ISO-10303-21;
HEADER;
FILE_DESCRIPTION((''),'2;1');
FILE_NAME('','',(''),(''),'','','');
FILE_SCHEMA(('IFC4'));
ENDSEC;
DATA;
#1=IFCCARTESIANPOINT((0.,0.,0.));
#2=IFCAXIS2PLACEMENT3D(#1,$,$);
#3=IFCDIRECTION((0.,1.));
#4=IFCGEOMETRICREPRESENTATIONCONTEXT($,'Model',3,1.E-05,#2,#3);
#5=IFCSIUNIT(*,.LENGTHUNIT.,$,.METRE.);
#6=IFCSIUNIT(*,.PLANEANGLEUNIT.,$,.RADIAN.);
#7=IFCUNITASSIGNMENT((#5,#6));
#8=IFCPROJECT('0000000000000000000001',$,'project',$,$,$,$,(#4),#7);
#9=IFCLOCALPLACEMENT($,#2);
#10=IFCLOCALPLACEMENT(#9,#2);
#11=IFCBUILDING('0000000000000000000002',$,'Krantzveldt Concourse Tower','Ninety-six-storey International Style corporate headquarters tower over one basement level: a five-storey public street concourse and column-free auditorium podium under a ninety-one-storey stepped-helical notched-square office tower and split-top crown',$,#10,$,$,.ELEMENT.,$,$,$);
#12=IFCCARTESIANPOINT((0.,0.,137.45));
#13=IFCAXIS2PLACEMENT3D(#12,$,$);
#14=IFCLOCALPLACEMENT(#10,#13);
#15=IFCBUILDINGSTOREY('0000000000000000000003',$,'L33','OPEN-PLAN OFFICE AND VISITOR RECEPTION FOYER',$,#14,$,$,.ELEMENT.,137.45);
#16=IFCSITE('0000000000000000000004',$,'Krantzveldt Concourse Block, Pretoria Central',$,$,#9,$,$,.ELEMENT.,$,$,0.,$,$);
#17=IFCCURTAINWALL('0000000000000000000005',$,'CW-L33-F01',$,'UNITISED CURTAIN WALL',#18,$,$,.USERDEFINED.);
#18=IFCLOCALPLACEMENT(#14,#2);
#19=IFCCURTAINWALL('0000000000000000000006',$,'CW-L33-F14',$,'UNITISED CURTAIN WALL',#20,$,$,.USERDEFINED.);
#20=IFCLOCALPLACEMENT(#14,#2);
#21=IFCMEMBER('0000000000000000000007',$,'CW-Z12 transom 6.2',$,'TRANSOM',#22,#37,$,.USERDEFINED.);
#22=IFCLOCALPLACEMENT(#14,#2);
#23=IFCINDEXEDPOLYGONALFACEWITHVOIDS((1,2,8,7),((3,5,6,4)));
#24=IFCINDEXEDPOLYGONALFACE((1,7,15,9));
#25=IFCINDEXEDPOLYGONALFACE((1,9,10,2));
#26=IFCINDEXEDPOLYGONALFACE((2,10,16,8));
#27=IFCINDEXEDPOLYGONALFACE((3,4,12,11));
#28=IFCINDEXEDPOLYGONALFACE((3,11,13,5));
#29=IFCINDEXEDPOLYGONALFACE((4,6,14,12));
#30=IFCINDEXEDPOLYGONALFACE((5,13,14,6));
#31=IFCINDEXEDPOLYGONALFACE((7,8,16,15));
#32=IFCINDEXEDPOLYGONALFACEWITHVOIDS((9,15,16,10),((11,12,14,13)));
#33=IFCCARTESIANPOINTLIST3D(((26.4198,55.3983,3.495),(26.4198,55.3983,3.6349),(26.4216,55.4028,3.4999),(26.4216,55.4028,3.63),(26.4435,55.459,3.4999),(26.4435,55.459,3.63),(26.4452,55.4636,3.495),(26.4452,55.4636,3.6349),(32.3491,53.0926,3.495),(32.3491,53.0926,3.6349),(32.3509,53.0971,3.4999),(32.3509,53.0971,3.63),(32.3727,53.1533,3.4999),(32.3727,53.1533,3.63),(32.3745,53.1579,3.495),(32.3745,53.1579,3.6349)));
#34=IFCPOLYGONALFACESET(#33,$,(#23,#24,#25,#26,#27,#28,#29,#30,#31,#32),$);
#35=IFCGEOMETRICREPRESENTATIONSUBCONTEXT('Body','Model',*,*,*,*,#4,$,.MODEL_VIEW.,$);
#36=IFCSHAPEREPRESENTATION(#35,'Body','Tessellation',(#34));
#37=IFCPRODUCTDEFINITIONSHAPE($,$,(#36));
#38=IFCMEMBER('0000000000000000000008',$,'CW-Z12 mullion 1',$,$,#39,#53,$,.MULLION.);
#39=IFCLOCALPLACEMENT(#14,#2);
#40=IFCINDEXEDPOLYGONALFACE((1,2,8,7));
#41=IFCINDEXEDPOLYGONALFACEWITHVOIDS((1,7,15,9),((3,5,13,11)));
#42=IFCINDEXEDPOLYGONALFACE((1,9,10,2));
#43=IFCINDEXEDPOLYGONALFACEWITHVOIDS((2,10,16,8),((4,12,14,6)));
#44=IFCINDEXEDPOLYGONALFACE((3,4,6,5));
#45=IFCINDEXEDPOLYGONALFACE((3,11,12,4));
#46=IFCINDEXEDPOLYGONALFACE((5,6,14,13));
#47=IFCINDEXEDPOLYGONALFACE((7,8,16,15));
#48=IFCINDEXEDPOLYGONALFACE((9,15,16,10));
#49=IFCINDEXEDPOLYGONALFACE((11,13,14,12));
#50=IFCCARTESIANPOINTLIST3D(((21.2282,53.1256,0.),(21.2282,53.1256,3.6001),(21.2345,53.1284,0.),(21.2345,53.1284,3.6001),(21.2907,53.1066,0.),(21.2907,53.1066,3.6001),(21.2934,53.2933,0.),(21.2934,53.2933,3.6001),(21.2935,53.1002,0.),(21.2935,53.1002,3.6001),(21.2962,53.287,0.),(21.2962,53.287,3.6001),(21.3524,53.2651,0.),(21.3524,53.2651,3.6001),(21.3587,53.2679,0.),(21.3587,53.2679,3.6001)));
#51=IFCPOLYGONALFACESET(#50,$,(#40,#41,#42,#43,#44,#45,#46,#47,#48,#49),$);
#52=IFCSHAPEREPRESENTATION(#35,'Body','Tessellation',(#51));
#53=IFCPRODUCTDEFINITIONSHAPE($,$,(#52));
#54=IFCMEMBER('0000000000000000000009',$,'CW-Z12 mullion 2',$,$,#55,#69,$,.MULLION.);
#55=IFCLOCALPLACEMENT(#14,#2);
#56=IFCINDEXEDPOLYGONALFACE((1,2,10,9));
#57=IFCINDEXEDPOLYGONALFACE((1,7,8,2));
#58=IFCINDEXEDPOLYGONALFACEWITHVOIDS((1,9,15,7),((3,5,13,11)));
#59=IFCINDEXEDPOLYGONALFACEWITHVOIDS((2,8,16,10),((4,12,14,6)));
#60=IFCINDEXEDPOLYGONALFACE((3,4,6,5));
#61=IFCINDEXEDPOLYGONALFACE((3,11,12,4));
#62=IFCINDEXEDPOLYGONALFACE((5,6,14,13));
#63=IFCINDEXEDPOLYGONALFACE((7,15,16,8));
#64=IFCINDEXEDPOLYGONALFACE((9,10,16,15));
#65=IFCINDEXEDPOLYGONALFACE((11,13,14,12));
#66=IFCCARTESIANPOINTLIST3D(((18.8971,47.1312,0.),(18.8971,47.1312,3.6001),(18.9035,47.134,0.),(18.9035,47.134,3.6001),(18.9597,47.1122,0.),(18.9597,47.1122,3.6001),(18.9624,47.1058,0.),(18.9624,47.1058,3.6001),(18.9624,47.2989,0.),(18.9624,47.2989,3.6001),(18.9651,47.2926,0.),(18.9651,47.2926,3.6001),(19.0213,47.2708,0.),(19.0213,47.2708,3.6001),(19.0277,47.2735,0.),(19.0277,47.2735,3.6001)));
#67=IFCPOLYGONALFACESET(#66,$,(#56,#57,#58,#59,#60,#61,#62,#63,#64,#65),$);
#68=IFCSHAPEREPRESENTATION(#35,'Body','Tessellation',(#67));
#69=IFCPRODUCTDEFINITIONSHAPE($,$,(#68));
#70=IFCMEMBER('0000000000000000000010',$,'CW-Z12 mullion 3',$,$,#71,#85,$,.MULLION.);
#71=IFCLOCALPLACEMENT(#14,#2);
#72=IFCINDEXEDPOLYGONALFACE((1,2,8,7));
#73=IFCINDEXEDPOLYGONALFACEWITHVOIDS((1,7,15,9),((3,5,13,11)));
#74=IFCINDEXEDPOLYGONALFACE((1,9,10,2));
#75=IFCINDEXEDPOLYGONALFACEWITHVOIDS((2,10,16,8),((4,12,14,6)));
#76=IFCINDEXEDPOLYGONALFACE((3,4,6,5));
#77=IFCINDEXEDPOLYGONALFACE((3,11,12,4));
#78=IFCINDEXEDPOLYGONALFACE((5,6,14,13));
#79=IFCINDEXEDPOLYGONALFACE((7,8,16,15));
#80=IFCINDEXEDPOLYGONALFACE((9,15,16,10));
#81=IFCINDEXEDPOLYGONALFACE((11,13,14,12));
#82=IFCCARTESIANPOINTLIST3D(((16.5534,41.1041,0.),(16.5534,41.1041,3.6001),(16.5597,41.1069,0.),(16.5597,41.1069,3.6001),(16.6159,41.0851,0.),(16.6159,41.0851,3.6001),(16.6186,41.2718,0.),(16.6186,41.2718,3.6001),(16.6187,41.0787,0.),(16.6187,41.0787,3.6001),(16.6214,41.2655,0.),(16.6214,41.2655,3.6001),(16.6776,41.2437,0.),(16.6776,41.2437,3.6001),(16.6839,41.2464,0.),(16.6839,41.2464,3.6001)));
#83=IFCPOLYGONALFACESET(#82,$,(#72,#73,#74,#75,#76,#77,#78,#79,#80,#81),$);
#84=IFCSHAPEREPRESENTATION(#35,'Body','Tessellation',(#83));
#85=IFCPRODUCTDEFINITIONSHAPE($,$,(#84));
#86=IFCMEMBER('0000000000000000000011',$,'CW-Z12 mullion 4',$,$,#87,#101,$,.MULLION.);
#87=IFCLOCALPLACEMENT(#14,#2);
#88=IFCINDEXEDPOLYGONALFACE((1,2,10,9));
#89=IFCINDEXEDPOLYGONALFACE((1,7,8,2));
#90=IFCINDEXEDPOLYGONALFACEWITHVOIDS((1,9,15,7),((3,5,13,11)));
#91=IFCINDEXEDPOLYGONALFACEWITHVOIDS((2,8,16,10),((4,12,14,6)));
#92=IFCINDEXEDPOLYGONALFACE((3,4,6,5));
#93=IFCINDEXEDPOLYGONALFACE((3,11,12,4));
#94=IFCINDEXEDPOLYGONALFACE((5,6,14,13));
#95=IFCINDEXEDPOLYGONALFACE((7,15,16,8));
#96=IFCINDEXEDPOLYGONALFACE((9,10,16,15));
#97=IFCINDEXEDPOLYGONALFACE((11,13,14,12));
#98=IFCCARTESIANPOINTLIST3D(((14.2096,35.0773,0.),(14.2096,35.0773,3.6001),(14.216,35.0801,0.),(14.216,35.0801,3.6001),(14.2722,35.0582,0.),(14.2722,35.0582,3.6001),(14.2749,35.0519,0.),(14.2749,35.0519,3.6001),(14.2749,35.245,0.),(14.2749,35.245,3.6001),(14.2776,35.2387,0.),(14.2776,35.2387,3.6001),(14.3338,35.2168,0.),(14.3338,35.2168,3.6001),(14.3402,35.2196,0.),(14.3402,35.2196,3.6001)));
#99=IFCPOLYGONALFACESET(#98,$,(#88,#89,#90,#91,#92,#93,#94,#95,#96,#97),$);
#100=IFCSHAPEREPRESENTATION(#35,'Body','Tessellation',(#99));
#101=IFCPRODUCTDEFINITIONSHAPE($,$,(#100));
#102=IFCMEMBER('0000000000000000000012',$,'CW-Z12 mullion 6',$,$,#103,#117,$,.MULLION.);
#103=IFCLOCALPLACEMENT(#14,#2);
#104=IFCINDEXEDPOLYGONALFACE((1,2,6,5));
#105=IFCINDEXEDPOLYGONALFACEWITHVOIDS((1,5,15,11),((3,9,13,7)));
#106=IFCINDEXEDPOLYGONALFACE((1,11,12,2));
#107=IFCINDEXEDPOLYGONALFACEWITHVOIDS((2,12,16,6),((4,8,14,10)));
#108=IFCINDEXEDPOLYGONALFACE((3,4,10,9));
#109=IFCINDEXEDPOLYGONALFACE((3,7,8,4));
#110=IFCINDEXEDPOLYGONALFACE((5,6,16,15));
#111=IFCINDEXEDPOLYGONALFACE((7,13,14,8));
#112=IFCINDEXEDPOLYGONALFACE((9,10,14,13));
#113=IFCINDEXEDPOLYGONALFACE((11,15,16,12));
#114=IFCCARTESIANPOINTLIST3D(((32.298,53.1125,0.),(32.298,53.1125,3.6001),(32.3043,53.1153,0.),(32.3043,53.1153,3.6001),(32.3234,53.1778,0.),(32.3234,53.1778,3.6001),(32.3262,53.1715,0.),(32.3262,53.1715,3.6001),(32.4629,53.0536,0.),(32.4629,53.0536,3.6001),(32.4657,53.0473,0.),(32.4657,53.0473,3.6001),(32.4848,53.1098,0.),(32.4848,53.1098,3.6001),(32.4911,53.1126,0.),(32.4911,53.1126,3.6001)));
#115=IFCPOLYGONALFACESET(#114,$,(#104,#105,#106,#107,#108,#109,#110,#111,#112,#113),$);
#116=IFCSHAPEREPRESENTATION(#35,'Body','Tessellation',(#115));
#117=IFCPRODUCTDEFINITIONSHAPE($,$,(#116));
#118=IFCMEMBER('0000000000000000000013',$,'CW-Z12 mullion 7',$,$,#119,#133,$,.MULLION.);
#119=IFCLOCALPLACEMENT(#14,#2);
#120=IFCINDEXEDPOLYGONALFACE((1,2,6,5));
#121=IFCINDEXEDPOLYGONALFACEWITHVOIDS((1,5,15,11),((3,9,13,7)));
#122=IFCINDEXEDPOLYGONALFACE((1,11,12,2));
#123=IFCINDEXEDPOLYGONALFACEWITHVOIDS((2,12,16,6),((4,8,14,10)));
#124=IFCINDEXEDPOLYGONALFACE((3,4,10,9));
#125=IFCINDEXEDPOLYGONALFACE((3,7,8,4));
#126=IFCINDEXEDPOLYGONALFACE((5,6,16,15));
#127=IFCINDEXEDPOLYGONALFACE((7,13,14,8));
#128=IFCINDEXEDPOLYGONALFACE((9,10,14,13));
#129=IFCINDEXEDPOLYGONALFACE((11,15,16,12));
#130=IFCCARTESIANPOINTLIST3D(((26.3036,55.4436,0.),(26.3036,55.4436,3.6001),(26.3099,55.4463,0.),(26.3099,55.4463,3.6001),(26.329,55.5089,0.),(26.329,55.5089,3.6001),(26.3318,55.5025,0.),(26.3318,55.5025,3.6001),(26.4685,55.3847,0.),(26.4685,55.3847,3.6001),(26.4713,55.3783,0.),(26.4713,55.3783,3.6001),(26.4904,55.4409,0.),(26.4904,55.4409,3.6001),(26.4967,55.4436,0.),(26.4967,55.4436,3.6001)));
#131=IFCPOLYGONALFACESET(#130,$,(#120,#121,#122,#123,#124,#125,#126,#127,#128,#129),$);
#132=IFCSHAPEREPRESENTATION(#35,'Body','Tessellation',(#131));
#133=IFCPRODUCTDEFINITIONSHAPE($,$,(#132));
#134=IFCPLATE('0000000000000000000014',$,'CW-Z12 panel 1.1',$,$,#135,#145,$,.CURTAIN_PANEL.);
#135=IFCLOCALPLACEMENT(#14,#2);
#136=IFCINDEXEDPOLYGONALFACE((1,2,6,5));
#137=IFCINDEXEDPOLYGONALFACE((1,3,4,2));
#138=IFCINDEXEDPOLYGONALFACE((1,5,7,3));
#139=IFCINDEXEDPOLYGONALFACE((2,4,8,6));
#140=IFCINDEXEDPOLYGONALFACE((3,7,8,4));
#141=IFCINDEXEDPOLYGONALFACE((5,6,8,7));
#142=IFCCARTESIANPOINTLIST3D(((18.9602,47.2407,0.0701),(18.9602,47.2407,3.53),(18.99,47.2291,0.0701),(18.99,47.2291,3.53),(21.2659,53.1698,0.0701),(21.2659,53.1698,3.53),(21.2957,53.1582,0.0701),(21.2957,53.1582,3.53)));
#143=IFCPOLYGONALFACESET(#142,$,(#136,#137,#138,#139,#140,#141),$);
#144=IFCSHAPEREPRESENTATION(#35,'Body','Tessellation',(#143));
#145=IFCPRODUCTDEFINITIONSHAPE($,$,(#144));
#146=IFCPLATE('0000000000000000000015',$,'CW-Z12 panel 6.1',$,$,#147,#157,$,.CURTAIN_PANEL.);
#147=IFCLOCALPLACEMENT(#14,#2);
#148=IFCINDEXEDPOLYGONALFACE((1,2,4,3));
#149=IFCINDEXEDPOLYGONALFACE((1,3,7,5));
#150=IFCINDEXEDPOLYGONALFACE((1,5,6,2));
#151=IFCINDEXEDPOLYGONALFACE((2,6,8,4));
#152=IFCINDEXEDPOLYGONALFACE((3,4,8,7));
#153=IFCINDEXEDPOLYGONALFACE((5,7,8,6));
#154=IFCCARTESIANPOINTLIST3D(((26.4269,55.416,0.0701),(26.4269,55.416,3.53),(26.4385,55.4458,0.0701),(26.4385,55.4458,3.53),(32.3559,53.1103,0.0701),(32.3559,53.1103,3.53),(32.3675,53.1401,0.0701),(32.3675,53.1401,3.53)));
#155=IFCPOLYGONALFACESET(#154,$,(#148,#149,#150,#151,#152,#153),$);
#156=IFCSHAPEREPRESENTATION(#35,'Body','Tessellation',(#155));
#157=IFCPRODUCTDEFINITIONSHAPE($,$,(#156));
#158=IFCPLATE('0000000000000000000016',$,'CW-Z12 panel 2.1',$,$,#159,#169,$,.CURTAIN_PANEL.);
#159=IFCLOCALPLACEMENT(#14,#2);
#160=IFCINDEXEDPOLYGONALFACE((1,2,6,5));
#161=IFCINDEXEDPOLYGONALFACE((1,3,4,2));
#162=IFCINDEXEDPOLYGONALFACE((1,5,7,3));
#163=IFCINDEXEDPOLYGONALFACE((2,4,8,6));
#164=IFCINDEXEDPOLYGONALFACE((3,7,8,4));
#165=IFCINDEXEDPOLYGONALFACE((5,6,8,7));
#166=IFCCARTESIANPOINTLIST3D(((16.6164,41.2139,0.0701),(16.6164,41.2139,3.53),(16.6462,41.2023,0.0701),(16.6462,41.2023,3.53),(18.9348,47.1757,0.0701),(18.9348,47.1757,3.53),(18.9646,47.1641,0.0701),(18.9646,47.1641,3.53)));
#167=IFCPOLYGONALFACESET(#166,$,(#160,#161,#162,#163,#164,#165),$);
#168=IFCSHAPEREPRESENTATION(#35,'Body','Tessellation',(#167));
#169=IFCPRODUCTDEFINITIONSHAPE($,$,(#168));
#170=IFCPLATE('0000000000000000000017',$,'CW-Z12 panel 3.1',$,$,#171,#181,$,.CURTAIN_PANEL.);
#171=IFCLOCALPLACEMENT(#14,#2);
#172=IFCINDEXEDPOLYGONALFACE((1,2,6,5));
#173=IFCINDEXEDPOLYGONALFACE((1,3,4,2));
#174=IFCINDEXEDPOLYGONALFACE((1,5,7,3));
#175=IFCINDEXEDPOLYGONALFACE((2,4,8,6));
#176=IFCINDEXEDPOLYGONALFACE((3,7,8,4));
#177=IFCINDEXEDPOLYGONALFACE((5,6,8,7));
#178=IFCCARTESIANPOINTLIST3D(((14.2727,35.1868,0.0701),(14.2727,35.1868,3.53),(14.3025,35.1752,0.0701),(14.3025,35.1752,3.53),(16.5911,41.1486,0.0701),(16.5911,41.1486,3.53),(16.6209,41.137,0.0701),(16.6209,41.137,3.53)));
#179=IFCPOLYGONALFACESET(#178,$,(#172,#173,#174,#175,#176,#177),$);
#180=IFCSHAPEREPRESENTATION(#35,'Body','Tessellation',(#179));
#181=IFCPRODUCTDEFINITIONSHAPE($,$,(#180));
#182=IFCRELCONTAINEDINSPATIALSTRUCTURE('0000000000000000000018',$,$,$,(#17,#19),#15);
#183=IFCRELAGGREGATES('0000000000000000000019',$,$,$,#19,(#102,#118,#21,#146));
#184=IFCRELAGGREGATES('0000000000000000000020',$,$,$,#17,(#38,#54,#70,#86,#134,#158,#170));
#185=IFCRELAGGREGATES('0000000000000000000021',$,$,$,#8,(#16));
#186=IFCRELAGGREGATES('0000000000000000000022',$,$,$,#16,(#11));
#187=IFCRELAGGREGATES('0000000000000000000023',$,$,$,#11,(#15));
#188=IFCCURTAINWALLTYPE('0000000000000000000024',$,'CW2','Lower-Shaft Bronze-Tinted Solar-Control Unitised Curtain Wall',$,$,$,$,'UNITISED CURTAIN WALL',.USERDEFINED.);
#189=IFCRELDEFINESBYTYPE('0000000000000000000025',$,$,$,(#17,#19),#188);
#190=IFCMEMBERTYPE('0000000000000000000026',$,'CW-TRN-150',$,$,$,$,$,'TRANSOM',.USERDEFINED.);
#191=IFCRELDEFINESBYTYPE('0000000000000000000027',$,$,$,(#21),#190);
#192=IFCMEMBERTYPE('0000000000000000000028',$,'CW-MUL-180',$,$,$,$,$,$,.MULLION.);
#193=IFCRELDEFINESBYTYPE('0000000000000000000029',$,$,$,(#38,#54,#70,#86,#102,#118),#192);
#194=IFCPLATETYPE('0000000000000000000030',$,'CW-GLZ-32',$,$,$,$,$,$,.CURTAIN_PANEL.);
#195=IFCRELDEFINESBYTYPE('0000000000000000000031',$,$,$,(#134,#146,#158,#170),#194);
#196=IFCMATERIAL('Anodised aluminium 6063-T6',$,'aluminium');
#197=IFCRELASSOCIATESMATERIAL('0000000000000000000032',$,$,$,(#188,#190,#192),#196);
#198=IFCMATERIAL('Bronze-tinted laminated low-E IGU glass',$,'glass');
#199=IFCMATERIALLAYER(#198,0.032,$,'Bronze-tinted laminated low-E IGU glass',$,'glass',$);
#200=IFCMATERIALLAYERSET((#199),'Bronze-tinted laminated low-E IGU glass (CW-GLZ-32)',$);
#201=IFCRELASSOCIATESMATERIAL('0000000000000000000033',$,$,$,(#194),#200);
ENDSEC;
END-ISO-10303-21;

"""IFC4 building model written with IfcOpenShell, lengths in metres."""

from ifc_helpers import new_model, si_unit, direction, frame, origin, origin_2d, place, context, subcontext, project, spatial, rectangle, hollow_rectangle, extrude, source, transform, mapped, material, layer, layer_set, material_profile, profile_set, type_object, type_shapes, element, aggregate, save


model = new_model("IFC4")

# Units and contexts
model_context = context("Model", 3, precision=1e-05, world=origin(), true_north=direction((0.0, 1.0)))
body_context = subcontext(model_context, "Body", "Model", "MODEL_VIEW")
ifc_project = project(units=[si_unit("LENGTHUNIT", "METRE"), si_unit("PLANEANGLEUNIT", "RADIAN")], contexts=[model_context])

# Site, building, storey
site_placement = place(None, origin())
site = spatial("IfcSite", under=ifc_project, at=site_placement, Name="Krantzveldt Concourse Block, Pretoria Central", CompositionType="ELEMENT", RefElevation=0.0)
building_placement = place(site_placement, origin())
building = spatial("IfcBuilding", under=site, at=building_placement, Name="Krantzveldt Concourse Tower", Description="Ninety-six-storey International Style corporate headquarters tower over one basement level: a five-storey public street concourse and column-free auditorium podium under a ninety-one-storey stepped-helical notched-square office tower and split-top crown", CompositionType="ELEMENT")
storey_placement = place(building_placement, frame((0.0, 0.0, 137.45)))
storey = spatial("IfcBuildingStorey", under=building, at=storey_placement, Name="L33", Description="OPEN-PLAN OFFICE AND VISITOR RECEPTION FOYER", CompositionType="ELEMENT", Elevation=137.45)

# Curtain walls, member
ifc_material_1 = material(Name="Anodised aluminium 6063-T6", Category="aluminium")
curtain_wall_type = type_object("IfcCurtainWallType", Name="CW2", Description="Lower-Shaft Bronze-Tinted Solar-Control Unitised Curtain Wall", ElementType="UNITISED CURTAIN WALL", PredefinedType="USERDEFINED", material=ifc_material_1)
curtain_wall_1_placement = place(storey_placement, origin())
curtain_wall_1 = element("IfcCurtainWall", 1, at=curtain_wall_1_placement, inside=storey, type_object=curtain_wall_type, Name="CW-L33-F01", ObjectType="UNITISED CURTAIN WALL", PredefinedType="USERDEFINED")
ifc_material_profile_1 = material_profile(ifc_material_1, hollow_rectangle(XDim=0.0701, YDim=0.1399, WallThickness=0.0049, at=origin_2d()), Name="Anodised aluminium 6063-T6", Category="aluminium")
ifc_profile_set_1 = profile_set([ifc_material_profile_1], Name="Anodised aluminium 6063-T6 - ALU-TRAN 140x70x5")
member_type_1 = type_object("IfcMemberType", Name="CW-TRN-150", ElementType="TRANSOM", PredefinedType="USERDEFINED", material=ifc_profile_set_1)
curtain_wall_2_placement = place(storey_placement, origin())
curtain_wall_2 = element("IfcCurtainWall", 2, at=curtain_wall_2_placement, inside=storey, type_object=curtain_wall_type, Name="CW-L33-F14", ObjectType="UNITISED CURTAIN WALL", PredefinedType="USERDEFINED")
shared_shape_1 = source(origin(), body_context, "Body", "SweptSolid", [
    extrude(hollow_rectangle(XDim=0.0701, YDim=0.1399, WallThickness=0.0049, at=origin_2d()), origin(), (0.0, 0.0, 1.0), 6.3618),
])
member_1_placement = place(storey_placement, frame((32.3618, 53.1252, 3.5649), z_axis=(-0.932012, 0.362428, 0.0), x_axis=(-0.362428, -0.932012, 0.0)))
member_1 = element("IfcMember", 3, at=member_1_placement, type_object=member_type_1, Name="CW-Z12 transom 6.2", ObjectType="TRANSOM", PredefinedType="USERDEFINED", context=body_context, shape_type="MappedRepresentation", body=[
    mapped(shared_shape_1, transform((0.0, 0.0, 0.0), x_axis=(1.0, 0.0, 0.0), y_axis=(0.0, 1.0, 0.0), z_axis=(0.0, 0.0, 1.0), scale=1.0)),
])

# Members
ifc_material_profile_2 = material_profile(ifc_material_1, hollow_rectangle(XDim=0.0701, YDim=0.1799, WallThickness=0.0049, at=origin_2d()), Name="Anodised aluminium 6063-T6", Category="aluminium")
ifc_profile_set_2 = profile_set([ifc_material_profile_2], Name="Anodised aluminium 6063-T6 - ALU-MULL 180x70x5")
member_type_2 = type_object("IfcMemberType", Name="CW-MUL-180", PredefinedType="MULLION", material=ifc_profile_set_2)
shared_shape_2 = source(origin(), body_context, "Body", "SweptSolid", [
    extrude(hollow_rectangle(XDim=0.0701, YDim=0.1799, WallThickness=0.0049, at=origin_2d()), origin(), (0.0, 0.0, 1.0), 3.6001),
])
type_shapes(member_type_2, [shared_shape_2])
member_2_placement = place(storey_placement, frame((21.2935, 53.1968, 0.0), z_axis=(0.0, 0.0, 1.0), x_axis=(0.932008, -0.362438, 0.0)))
member_2 = element("IfcMember", 4, at=member_2_placement, type_object=member_type_2, Name="CW-Z12 mullion 1", PredefinedType="MULLION", context=body_context, shape_type="MappedRepresentation", body=[
    mapped(shared_shape_2, transform((0.0, 0.0, 0.0), x_axis=(1.0, 0.0, 0.0), y_axis=(0.0, 1.0, 0.0), z_axis=(0.0, 0.0, 1.0), scale=1.0)),
])
member_3_placement = place(storey_placement, frame((18.9624, 47.2024, 0.0), z_axis=(0.0, 0.0, 1.0), x_axis=(0.932008, -0.362438, 0.0)))
member_3 = element("IfcMember", 5, at=member_3_placement, type_object=member_type_2, Name="CW-Z12 mullion 2", PredefinedType="MULLION", context=body_context, shape_type="MappedRepresentation", body=[
    mapped(shared_shape_2, transform((0.0, 0.0, 0.0), x_axis=(1.0, 0.0, 0.0), y_axis=(0.0, 1.0, 0.0), z_axis=(0.0, 0.0, 1.0), scale=1.0)),
])
member_4_placement = place(storey_placement, frame((16.6187, 41.1753, 0.0), z_axis=(0.0, 0.0, 1.0), x_axis=(0.932008, -0.362438, 0.0)))
member_4 = element("IfcMember", 6, at=member_4_placement, type_object=member_type_2, Name="CW-Z12 mullion 3", PredefinedType="MULLION", context=body_context, shape_type="MappedRepresentation", body=[
    mapped(shared_shape_2, transform((0.0, 0.0, 0.0), x_axis=(1.0, 0.0, 0.0), y_axis=(0.0, 1.0, 0.0), z_axis=(0.0, 0.0, 1.0), scale=1.0)),
])
member_5_placement = place(storey_placement, frame((14.2749, 35.1484, 0.0), z_axis=(0.0, 0.0, 1.0), x_axis=(0.932008, -0.362438, 0.0)))
member_5 = element("IfcMember", 7, at=member_5_placement, type_object=member_type_2, Name="CW-Z12 mullion 4", PredefinedType="MULLION", context=body_context, shape_type="MappedRepresentation", body=[
    mapped(shared_shape_2, transform((0.0, 0.0, 0.0), x_axis=(1.0, 0.0, 0.0), y_axis=(0.0, 1.0, 0.0), z_axis=(0.0, 0.0, 1.0), scale=1.0)),
])
member_6_placement = place(storey_placement, frame((32.3945, 53.1125, 0.0), z_axis=(0.0, 0.0, 1.0), x_axis=(-0.362438, -0.932008, 0.0)))
member_6 = element("IfcMember", 8, at=member_6_placement, type_object=member_type_2, Name="CW-Z12 mullion 6", PredefinedType="MULLION", context=body_context, shape_type="MappedRepresentation", body=[
    mapped(shared_shape_2, transform((0.0, 0.0, 0.0), x_axis=(1.0, 0.0, 0.0), y_axis=(0.0, 1.0, 0.0), z_axis=(0.0, 0.0, 1.0), scale=1.0)),
])
member_7_placement = place(storey_placement, frame((26.4001, 55.4436, 0.0), z_axis=(0.0, 0.0, 1.0), x_axis=(-0.362438, -0.932008, 0.0)))
member_7 = element("IfcMember", 9, at=member_7_placement, type_object=member_type_2, Name="CW-Z12 mullion 7", PredefinedType="MULLION", context=body_context, shape_type="MappedRepresentation", body=[
    mapped(shared_shape_2, transform((0.0, 0.0, 0.0), x_axis=(1.0, 0.0, 0.0), y_axis=(0.0, 1.0, 0.0), z_axis=(0.0, 0.0, 1.0), scale=1.0)),
])

# Plates
ifc_material_2 = material(Name="Bronze-tinted laminated low-E IGU glass", Category="glass")
ifc_layer_1 = layer(ifc_material_2, 0.032, Name="Bronze-tinted laminated low-E IGU glass", Category="glass")
ifc_layer_set_1 = layer_set([ifc_layer_1], Name="Bronze-tinted laminated low-E IGU glass (CW-GLZ-32)")
plate_type = type_object("IfcPlateType", Name="CW-GLZ-32", PredefinedType="CURTAIN_PANEL", material=ifc_layer_set_1)
shared_shape_3 = source(origin(), body_context, "Body", "SweptSolid", [
    extrude(rectangle(XDim=6.3616, YDim=0.032, at=origin_2d()), origin(), (0.0, 0.0, 1.0), 3.46),
])
plate_1_placement = place(storey_placement, frame((20.1279, 50.1995, 0.0701), z_axis=(0.0, 0.0, 1.0), x_axis=(-0.362438, -0.932008, 0.0)))
plate_1 = element("IfcPlate", 10, at=plate_1_placement, type_object=plate_type, Name="CW-Z12 panel 1.1", PredefinedType="CURTAIN_PANEL", context=body_context, shape_type="MappedRepresentation", body=[
    mapped(shared_shape_3, transform((0.0, 0.0, 0.0), x_axis=(1.0, 0.0, 0.0), y_axis=(0.0, 1.0, 0.0), z_axis=(0.0, 0.0, 1.0), scale=1.0)),
])
plate_2_placement = place(storey_placement, frame((29.3972, 54.2781, 0.0701), z_axis=(0.0, 0.0, 1.0), x_axis=(-0.932008, 0.362438, 0.0)))
plate_2 = element("IfcPlate", 11, at=plate_2_placement, type_object=plate_type, Name="CW-Z12 panel 6.1", PredefinedType="CURTAIN_PANEL", context=body_context, shape_type="MappedRepresentation", body=[
    mapped(shared_shape_3, transform((0.0, 0.0, 0.0), x_axis=(1.0, 0.0, 0.0), y_axis=(0.0, 1.0, 0.0), z_axis=(0.0, 0.0, 1.0), scale=1.0)),
])
aggregate(curtain_wall_2, [member_6, member_7, member_1, plate_2])
shared_shape_4 = source(origin(), body_context, "Body", "SweptSolid", [
    extrude(rectangle(XDim=6.3967, YDim=0.032, at=origin_2d()), origin(), (0.0, 0.0, 1.0), 3.46),
])
type_shapes(plate_type, [shared_shape_3, shared_shape_4])
plate_3_placement = place(storey_placement, frame((17.7905, 44.189, 0.0701), z_axis=(0.0, 0.0, 1.0), x_axis=(-0.362438, -0.932008, 0.0)))
plate_3 = element("IfcPlate", 12, at=plate_3_placement, type_object=plate_type, Name="CW-Z12 panel 2.1", PredefinedType="CURTAIN_PANEL", context=body_context, shape_type="MappedRepresentation", body=[
    mapped(shared_shape_4, transform((0.0, 0.0, 0.0), x_axis=(1.0, 0.0, 0.0), y_axis=(0.0, 1.0, 0.0), z_axis=(0.0, 0.0, 1.0), scale=1.0)),
])
plate_4_placement = place(storey_placement, frame((15.4468, 38.1619, 0.0701), z_axis=(0.0, 0.0, 1.0), x_axis=(-0.362438, -0.932008, 0.0)))
plate_4 = element("IfcPlate", 13, at=plate_4_placement, type_object=plate_type, Name="CW-Z12 panel 3.1", PredefinedType="CURTAIN_PANEL", context=body_context, shape_type="MappedRepresentation", body=[
    mapped(shared_shape_4, transform((0.0, 0.0, 0.0), x_axis=(1.0, 0.0, 0.0), y_axis=(0.0, 1.0, 0.0), z_axis=(0.0, 0.0, 1.0), scale=1.0)),
])
aggregate(curtain_wall_1, [member_2, member_3, member_4, member_5, plate_1, plate_3, plate_4])

save(model, "model.ifc")
